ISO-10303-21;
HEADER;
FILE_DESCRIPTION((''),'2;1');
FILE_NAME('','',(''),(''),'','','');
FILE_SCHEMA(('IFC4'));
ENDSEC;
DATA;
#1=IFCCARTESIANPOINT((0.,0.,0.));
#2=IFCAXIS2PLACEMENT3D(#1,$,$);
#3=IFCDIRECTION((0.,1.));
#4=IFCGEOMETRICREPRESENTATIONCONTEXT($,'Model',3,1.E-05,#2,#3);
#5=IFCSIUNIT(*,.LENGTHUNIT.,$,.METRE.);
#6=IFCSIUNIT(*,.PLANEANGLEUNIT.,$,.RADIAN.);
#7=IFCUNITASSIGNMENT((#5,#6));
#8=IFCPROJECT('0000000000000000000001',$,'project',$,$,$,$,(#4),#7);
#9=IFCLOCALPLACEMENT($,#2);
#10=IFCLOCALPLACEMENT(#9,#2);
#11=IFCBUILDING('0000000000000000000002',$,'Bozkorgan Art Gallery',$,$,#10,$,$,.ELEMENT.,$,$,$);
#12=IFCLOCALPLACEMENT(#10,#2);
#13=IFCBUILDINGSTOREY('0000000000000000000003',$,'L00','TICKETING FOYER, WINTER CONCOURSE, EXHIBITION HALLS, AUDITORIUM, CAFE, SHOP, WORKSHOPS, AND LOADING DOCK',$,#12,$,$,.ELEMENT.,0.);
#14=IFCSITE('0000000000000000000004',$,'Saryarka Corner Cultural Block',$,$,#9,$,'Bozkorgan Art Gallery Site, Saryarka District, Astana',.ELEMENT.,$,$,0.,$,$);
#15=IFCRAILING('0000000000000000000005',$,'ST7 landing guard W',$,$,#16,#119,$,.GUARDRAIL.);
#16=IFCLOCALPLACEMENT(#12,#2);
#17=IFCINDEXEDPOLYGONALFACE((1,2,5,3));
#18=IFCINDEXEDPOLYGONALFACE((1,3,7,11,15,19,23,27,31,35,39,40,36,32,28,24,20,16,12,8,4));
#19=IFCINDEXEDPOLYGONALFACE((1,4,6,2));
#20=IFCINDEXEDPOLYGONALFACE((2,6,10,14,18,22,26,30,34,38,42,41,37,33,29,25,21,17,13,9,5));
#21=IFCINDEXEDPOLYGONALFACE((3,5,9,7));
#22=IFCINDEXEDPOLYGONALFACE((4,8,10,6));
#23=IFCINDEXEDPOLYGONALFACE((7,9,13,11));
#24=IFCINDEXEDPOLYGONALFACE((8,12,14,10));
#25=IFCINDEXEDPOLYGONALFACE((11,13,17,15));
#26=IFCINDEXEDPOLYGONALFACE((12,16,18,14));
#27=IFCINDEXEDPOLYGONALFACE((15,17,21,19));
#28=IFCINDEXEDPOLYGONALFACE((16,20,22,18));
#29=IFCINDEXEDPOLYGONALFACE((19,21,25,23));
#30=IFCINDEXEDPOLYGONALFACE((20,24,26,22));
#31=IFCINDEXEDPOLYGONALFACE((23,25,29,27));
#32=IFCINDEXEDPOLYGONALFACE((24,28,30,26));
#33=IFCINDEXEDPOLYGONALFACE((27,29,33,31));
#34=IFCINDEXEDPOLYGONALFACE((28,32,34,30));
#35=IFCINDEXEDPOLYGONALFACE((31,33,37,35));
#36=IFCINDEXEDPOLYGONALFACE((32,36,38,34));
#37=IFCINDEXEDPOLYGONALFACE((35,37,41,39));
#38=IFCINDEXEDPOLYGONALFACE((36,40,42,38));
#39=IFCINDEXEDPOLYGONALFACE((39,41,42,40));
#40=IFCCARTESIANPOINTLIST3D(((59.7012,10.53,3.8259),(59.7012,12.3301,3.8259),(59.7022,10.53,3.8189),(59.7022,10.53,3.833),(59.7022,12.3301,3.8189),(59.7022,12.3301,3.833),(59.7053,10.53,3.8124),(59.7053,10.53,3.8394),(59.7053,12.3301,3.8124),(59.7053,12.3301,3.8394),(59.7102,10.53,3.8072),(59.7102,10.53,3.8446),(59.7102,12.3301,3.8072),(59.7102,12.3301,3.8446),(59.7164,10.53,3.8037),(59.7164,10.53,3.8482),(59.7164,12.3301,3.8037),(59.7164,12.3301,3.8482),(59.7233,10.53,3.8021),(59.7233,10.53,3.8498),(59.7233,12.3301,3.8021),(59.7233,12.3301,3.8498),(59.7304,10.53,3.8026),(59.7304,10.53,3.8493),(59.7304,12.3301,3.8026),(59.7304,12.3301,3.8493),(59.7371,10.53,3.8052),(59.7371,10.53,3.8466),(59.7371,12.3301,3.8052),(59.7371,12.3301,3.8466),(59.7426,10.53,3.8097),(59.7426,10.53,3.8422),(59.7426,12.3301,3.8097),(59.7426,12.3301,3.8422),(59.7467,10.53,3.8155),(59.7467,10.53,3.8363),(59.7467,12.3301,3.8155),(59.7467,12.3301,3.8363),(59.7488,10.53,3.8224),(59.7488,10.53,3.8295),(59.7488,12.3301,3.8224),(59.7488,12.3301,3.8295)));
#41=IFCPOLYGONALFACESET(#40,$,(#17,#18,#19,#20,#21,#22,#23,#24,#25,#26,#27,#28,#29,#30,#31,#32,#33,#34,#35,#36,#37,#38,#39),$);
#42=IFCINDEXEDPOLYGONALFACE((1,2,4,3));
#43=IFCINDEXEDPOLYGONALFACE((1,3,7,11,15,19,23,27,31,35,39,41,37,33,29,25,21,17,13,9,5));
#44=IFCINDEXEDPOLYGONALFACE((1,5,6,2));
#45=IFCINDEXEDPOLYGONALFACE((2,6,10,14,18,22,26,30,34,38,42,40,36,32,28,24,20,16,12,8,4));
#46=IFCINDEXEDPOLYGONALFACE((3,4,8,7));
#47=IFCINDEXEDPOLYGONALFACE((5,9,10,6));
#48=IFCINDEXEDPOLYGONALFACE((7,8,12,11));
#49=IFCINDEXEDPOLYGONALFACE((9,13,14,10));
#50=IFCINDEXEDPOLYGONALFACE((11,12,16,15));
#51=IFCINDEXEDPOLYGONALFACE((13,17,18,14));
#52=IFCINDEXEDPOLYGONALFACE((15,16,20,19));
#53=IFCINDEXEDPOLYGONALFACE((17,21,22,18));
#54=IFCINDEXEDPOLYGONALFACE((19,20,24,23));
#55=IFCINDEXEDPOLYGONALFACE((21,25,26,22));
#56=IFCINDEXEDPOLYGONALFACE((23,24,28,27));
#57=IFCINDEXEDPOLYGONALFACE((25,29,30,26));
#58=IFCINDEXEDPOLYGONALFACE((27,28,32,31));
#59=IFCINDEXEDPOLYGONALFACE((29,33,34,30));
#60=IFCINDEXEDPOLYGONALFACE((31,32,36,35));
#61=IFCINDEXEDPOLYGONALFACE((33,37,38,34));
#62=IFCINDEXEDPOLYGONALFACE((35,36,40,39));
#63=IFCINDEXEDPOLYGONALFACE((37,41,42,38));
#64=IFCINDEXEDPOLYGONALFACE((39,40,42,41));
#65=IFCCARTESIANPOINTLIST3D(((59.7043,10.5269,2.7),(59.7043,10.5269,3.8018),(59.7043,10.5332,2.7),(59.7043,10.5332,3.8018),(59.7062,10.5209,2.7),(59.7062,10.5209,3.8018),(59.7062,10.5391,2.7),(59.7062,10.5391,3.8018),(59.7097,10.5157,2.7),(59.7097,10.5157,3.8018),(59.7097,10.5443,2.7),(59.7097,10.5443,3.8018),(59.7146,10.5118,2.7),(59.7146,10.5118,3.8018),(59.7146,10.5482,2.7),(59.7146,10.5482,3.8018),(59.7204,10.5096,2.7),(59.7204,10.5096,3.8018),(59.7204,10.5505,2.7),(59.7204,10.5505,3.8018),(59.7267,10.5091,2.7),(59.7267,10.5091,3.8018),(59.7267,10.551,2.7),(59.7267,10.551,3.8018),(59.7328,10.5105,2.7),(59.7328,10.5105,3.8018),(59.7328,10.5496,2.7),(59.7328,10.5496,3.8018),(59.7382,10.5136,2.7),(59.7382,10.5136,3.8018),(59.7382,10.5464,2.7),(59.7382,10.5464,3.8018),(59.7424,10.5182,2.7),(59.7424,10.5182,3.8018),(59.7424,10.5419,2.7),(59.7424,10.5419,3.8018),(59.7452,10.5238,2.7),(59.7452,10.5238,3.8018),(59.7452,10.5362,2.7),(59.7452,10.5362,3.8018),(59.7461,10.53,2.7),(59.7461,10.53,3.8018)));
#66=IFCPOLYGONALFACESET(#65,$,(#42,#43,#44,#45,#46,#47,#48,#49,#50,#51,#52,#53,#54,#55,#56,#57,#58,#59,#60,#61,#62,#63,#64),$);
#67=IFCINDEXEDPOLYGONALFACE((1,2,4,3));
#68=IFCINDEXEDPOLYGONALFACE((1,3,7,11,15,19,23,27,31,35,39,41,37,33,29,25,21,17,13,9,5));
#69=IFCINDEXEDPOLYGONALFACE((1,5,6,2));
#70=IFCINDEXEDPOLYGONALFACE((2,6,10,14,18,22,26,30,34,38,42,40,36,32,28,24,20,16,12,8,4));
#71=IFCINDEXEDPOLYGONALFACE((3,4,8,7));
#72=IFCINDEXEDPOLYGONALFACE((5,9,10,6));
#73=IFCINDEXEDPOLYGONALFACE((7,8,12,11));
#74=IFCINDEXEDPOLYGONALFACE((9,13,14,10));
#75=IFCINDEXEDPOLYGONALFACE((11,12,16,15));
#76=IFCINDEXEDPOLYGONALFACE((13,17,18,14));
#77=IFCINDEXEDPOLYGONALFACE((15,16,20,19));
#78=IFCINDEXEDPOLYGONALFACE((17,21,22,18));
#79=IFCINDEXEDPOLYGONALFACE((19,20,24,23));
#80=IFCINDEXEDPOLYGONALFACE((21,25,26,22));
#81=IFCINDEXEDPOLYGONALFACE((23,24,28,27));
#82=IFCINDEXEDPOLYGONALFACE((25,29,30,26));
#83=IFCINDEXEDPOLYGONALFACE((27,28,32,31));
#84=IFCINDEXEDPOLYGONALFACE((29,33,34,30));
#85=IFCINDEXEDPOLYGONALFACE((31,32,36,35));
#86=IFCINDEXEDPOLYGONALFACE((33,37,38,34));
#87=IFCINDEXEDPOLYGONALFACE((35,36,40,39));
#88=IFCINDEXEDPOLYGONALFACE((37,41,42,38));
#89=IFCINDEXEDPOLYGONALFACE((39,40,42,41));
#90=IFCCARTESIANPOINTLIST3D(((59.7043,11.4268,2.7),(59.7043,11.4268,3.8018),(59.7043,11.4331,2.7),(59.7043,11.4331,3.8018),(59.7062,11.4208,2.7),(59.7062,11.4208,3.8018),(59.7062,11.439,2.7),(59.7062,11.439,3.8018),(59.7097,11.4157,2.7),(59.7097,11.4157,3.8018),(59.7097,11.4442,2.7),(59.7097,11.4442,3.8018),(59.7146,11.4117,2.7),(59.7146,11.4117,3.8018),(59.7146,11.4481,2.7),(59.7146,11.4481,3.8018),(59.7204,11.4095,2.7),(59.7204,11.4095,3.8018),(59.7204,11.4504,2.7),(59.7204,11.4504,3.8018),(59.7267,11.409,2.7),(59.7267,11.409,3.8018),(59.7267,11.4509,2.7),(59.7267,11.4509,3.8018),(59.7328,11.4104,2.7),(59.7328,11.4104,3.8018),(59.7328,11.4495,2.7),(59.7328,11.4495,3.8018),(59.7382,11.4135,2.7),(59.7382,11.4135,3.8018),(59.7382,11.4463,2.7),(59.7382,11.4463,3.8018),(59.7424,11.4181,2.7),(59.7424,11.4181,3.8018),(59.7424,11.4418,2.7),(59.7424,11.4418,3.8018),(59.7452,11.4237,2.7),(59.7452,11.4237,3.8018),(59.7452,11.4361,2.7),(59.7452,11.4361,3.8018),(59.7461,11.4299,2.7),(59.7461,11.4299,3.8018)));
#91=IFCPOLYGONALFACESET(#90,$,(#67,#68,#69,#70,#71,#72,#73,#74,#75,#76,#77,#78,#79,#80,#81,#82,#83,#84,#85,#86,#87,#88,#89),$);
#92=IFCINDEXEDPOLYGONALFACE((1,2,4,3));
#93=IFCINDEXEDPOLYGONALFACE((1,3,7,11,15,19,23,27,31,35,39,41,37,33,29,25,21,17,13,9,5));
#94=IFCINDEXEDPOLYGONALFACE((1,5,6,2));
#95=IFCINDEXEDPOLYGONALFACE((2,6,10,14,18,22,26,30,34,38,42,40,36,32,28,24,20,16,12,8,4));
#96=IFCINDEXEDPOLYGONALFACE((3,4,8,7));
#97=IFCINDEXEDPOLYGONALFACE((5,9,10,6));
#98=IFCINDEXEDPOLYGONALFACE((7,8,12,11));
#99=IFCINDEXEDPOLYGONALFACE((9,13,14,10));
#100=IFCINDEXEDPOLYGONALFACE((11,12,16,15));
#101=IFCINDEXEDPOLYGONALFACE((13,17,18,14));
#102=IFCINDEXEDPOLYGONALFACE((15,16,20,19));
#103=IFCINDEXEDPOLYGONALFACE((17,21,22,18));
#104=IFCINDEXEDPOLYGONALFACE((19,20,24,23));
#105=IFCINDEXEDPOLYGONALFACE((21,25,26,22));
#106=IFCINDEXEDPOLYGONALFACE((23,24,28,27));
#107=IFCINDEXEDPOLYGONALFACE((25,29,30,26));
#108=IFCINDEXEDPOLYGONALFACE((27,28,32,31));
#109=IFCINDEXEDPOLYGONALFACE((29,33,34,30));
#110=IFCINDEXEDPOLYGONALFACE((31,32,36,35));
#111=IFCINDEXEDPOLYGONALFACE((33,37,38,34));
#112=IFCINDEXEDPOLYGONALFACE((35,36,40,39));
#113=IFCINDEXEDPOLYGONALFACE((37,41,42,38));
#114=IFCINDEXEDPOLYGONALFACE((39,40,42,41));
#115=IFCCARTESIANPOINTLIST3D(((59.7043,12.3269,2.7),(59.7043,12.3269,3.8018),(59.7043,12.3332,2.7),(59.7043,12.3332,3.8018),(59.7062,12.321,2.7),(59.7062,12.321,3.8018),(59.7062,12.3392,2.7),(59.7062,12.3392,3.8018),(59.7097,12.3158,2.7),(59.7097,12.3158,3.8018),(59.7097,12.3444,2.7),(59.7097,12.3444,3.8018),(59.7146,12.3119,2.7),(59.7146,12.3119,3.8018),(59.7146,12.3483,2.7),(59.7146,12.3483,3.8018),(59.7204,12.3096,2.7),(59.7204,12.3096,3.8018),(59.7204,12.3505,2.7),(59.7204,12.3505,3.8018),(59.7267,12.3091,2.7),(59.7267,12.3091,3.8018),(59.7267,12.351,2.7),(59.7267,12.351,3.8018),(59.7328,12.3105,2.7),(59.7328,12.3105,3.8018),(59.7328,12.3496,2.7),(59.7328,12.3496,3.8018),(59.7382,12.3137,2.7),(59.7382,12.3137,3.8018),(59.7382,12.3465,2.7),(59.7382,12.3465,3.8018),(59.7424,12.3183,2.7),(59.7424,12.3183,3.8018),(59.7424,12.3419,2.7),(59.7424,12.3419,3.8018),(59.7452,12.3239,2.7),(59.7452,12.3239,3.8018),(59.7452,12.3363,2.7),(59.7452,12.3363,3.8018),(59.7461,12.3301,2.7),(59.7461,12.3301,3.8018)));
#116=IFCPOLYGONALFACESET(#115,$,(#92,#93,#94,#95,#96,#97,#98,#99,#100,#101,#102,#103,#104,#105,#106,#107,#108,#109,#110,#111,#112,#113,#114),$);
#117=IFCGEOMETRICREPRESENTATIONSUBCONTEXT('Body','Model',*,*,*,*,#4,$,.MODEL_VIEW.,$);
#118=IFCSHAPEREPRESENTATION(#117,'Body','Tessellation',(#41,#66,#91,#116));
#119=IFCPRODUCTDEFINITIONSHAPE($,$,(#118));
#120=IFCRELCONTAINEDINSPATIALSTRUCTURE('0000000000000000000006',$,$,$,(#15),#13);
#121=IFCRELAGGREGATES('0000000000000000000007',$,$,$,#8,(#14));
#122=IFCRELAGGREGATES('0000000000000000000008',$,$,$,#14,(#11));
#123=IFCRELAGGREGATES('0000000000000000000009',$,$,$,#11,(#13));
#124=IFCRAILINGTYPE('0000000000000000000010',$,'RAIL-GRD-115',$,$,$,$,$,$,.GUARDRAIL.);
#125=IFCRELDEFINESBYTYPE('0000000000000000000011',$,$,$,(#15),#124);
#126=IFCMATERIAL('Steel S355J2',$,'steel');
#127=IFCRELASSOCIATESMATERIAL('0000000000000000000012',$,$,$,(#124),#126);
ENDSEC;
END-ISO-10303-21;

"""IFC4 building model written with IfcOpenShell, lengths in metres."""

from ifc_helpers import new_model, si_unit, direction, frame, origin, origin_2d, place, context, subcontext, project, spatial, circle, extrude, material, type_object, element, save


model = new_model("IFC4")

# Units and contexts
model_context = context("Model", 3, precision=1e-05, world=origin(), true_north=direction((0.0, 1.0)))
body_context = subcontext(model_context, "Body", "Model", "MODEL_VIEW")
ifc_project = project(units=[si_unit("LENGTHUNIT", "METRE"), si_unit("PLANEANGLEUNIT", "RADIAN")], contexts=[model_context])

# Site, building, storey
site_placement = place(None, origin())
site = spatial("IfcSite", under=ifc_project, at=site_placement, Name="Saryarka Corner Cultural Block", LongName="Bozkorgan Art Gallery Site, Saryarka District, Astana", CompositionType="ELEMENT", RefElevation=0.0)
building_placement = place(site_placement, origin())
building = spatial("IfcBuilding", under=site, at=building_placement, Name="Bozkorgan Art Gallery", CompositionType="ELEMENT")
storey_placement = place(building_placement, origin())
storey = spatial("IfcBuildingStorey", under=building, at=storey_placement, Name="L00", Description="TICKETING FOYER, WINTER CONCOURSE, EXHIBITION HALLS, AUDITORIUM, CAFE, SHOP, WORKSHOPS, AND LOADING DOCK", CompositionType="ELEMENT", Elevation=0.0)

# Shared definitions
ifc_material_1 = material(Name="Steel S355J2", Category="steel")

# Railing
railing_type = type_object("IfcRailingType", Name="RAIL-GRD-115", PredefinedType="GUARDRAIL", material=ifc_material_1)
railing_1_placement = place(storey_placement, frame((59.7251, 10.53, 2.7)))
element("IfcRailing", 1, at=railing_1_placement, inside=storey, type_object=railing_type, Name="ST7 landing guard W", PredefinedType="GUARDRAIL", context=body_context, shape_type="SweptSolid", body=[
    extrude(circle(Radius=0.0239, at=origin_2d()), frame((0.0, 0.0, 1.126), z_axis=(0.0, 1.0, 0.0), x_axis=(-1.0, 0.0, 0.0)), (0.0, 0.0, 1.0), 1.8),
    extrude(circle(Radius=0.021, at=origin_2d()), origin(), (0.0, 0.0, 1.0), 1.1018),
    extrude(circle(Radius=0.021, at=origin_2d()), frame((0.0, 0.8999, 0.0)), (0.0, 0.0, 1.0), 1.1018),
    extrude(circle(Radius=0.021, at=origin_2d()), frame((0.0, 1.8, 0.0)), (0.0, 0.0, 1.0), 1.1018),
])

save(model, "model.ifc")
